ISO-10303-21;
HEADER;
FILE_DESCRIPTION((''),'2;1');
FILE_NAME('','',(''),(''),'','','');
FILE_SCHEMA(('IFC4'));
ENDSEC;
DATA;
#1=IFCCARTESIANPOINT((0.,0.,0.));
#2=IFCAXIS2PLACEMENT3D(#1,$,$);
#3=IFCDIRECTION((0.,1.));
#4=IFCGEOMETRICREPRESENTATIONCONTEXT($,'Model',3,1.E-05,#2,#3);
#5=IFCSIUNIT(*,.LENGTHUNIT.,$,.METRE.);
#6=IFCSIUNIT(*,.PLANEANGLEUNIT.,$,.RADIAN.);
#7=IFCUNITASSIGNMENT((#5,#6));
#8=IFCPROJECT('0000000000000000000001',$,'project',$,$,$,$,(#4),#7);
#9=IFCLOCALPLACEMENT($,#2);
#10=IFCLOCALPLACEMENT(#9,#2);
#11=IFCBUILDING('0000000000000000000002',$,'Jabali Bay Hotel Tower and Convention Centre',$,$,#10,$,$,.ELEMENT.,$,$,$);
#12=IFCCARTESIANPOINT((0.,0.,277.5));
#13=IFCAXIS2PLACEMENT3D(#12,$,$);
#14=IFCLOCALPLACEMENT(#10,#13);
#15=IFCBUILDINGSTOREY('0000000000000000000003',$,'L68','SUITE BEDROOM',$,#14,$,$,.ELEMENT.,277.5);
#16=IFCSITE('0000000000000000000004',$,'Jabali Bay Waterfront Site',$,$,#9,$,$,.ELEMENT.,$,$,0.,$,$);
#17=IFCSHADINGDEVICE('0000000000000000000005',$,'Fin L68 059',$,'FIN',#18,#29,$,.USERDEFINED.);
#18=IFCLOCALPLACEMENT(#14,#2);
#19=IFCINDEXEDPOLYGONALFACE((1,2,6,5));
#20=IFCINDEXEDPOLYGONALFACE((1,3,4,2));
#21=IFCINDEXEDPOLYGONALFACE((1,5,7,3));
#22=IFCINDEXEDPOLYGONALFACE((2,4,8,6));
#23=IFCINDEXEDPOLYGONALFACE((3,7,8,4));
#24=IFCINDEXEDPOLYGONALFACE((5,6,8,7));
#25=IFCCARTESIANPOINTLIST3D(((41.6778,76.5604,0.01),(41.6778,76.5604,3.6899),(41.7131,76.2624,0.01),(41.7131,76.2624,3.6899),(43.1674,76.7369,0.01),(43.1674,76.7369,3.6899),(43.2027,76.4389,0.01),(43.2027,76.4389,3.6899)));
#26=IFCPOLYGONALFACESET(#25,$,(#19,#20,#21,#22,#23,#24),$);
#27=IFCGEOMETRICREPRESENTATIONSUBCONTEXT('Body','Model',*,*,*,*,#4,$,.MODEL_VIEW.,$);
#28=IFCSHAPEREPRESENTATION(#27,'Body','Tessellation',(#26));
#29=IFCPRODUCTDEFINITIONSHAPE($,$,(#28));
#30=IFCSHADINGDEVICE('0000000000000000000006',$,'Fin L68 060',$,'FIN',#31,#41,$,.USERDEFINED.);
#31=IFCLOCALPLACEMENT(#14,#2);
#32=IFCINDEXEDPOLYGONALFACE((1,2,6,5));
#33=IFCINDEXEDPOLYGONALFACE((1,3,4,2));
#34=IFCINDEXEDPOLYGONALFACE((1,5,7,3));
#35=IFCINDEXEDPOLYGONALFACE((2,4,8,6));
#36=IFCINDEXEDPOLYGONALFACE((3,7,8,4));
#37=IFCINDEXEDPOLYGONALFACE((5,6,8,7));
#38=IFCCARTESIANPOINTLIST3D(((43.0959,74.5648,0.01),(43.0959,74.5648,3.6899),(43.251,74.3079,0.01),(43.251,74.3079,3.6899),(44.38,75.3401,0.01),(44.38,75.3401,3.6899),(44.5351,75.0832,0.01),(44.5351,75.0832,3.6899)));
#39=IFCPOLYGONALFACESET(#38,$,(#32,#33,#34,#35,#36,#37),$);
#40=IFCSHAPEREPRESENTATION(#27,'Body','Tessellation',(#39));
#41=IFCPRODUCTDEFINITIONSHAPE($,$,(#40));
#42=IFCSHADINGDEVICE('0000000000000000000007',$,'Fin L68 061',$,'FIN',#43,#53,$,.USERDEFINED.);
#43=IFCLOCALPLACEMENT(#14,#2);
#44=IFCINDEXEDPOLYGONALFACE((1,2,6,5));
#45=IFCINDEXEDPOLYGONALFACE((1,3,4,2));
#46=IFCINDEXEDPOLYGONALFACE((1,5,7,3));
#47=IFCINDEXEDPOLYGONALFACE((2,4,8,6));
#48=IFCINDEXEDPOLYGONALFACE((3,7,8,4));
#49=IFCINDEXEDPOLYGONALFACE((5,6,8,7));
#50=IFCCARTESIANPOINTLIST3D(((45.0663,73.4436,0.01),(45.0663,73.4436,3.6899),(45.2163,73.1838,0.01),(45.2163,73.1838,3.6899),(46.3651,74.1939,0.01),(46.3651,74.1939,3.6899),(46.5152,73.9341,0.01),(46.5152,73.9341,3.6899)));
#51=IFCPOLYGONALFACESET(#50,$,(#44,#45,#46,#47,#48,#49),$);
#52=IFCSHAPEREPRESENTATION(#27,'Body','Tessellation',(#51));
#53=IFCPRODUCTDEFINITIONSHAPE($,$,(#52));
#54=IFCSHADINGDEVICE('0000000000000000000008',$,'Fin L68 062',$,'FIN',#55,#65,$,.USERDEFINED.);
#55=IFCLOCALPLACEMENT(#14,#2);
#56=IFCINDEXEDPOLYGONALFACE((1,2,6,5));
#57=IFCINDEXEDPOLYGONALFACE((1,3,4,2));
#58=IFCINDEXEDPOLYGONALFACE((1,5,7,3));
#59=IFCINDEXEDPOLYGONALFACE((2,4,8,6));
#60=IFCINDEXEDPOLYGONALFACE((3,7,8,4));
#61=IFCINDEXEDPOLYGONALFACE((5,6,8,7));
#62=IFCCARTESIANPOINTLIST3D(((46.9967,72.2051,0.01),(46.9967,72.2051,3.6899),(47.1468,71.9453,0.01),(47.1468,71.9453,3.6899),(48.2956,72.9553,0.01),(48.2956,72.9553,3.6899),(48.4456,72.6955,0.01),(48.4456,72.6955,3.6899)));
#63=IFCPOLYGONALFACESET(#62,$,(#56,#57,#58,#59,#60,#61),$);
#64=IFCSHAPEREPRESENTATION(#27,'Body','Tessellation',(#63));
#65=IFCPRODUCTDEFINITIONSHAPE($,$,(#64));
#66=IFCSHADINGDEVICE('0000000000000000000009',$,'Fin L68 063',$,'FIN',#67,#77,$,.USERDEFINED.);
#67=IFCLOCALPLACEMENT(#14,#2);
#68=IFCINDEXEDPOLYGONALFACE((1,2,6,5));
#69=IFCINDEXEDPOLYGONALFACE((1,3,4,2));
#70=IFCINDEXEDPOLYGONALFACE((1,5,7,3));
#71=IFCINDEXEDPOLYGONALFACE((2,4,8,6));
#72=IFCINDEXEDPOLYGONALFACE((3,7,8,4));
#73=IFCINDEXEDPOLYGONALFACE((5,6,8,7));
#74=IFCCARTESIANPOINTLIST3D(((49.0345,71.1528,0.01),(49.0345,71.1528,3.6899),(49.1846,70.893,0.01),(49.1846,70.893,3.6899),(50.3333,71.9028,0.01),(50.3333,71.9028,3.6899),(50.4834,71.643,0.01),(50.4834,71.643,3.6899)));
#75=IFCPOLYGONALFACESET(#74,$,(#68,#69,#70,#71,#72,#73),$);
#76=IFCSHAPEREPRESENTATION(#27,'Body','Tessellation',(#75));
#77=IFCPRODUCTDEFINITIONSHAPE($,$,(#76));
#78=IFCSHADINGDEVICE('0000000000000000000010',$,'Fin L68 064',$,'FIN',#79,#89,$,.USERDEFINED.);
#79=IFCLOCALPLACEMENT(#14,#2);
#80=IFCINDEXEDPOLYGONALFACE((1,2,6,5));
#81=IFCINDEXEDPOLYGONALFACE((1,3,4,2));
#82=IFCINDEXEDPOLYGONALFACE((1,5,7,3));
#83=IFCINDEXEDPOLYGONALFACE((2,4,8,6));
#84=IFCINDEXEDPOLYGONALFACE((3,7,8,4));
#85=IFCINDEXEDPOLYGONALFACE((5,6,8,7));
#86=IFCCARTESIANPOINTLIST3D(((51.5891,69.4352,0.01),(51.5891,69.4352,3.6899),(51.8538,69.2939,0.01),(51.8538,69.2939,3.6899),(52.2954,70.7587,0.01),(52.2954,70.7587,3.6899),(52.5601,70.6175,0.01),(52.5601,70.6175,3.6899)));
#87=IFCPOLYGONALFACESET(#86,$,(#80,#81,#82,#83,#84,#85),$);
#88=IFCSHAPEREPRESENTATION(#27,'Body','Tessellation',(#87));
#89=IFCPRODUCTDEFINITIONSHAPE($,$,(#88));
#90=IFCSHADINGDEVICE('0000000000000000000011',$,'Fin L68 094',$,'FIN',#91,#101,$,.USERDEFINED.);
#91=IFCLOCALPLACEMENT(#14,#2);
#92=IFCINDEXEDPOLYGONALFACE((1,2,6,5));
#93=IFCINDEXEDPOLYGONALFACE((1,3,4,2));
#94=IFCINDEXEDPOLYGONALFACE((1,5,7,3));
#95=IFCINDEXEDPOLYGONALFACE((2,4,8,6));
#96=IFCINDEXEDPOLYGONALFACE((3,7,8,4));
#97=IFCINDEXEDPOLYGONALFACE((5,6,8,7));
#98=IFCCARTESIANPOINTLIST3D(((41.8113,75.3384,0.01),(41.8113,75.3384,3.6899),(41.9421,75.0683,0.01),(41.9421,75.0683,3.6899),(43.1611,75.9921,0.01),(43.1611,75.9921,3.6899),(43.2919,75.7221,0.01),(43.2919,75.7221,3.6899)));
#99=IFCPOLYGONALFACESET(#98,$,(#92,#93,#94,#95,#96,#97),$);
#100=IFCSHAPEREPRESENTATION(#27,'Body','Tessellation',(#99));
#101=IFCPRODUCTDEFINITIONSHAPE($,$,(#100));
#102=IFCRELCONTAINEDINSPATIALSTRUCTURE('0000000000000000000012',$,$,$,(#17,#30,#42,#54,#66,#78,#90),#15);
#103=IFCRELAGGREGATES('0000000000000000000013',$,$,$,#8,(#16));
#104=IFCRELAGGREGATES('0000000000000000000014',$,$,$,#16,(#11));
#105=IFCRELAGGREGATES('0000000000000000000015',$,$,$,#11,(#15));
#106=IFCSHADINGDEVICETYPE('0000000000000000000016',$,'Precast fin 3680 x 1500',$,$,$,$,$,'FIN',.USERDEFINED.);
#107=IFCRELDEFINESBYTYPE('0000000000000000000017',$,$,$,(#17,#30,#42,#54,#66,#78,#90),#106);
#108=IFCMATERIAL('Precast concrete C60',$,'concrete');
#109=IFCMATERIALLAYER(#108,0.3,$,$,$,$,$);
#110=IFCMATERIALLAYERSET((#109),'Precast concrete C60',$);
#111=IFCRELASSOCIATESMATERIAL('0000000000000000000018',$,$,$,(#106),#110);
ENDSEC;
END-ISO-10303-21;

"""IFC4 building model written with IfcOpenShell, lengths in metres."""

from ifc_helpers import new_model, si_unit, direction, frame, frame_2d, origin, place, context, subcontext, project, spatial, rectangle, extrude, material, layer, layer_set, type_object, element, save


model = new_model("IFC4")

# Units and contexts
model_context = context("Model", 3, precision=1e-05, world=origin(), true_north=direction((0.0, 1.0)))
body_context = subcontext(model_context, "Body", "Model", "MODEL_VIEW")
ifc_project = project(units=[si_unit("LENGTHUNIT", "METRE"), si_unit("PLANEANGLEUNIT", "RADIAN")], contexts=[model_context])

# Site, building, storey
site_placement = place(None, origin())
site = spatial("IfcSite", under=ifc_project, at=site_placement, Name="Jabali Bay Waterfront Site", CompositionType="ELEMENT", RefElevation=0.0)
building_placement = place(site_placement, origin())
building = spatial("IfcBuilding", under=site, at=building_placement, Name="Jabali Bay Hotel Tower and Convention Centre", CompositionType="ELEMENT")
storey_placement = place(building_placement, frame((0.0, 0.0, 277.5)))
storey = spatial("IfcBuildingStorey", under=building, at=storey_placement, Name="L68", Description="SUITE BEDROOM", CompositionType="ELEMENT", Elevation=277.5)

# Shading devices
ifc_material_1 = material(Name="Precast concrete C60", Category="concrete")
ifc_layer_1 = layer(ifc_material_1, 0.3)
ifc_layer_set_1 = layer_set([ifc_layer_1], Name="Precast concrete C60")
shading_device_type = type_object("IfcShadingDeviceType", Name="Precast fin 3680 x 1500", ElementType="FIN", PredefinedType="USERDEFINED", material=ifc_layer_set_1)
for number, where, z_axis, x_axis, name in (
    (1, (43.1851, 76.5879, 0.01), (0.0, 0.0, 1.0), (-0.993051, -0.117682, 0.0), "Fin L68 059"),
    (2, (44.4575, 75.2117, 0.01), (0.0, 0.0, 1.0), (-0.856054, -0.516887, 0.0), "Fin L68 060"),
    (3, (46.4402, 74.064, 0.01), (0.0, 0.0, 1.0), (-0.86592, -0.500183, 0.0), "Fin L68 061"),
    (4, (48.3706, 72.8254, 0.01), (0.0, 0.0, 1.0), (-0.86592, -0.500183, 0.0), "Fin L68 062"),
):
    element("IfcShadingDevice", number, at=place(storey_placement, frame(where, z_axis=z_axis, x_axis=x_axis)), inside=storey, type_object=shading_device_type, Name=name, ObjectType="FIN", PredefinedType="USERDEFINED", context=body_context, shape_type="SweptSolid", body=[
        extrude(rectangle(XDim=1.5, YDim=0.3, at=frame_2d((0.75, 0.0))), origin(), (0.0, 0.0, 1.0), 3.6799),
    ])
shading_device_1_placement = place(storey_placement, frame((50.4084, 71.7729, 0.01), z_axis=(0.0, 0.0, 1.0), x_axis=(-0.86599, -0.500061, 0.0)))
element("IfcShadingDevice", 5, at=shading_device_1_placement, inside=storey, type_object=shading_device_type, Name="Fin L68 063", ObjectType="FIN", PredefinedType="USERDEFINED", context=body_context, shape_type="SweptSolid", body=[
    extrude(rectangle(XDim=1.4998, YDim=0.3, at=frame_2d((0.75, 0.0))), origin(), (0.0, 0.0, 1.0), 3.6799),
])
shading_device_2_placement = place(storey_placement, frame((52.4277, 70.688, 0.01), z_axis=(0.0, 0.0, 1.0), x_axis=(-0.470816, -0.882231, 0.0)))
element("IfcShadingDevice", 6, at=shading_device_2_placement, inside=storey, type_object=shading_device_type, Name="Fin L68 064", ObjectType="FIN", PredefinedType="USERDEFINED", context=body_context, shape_type="SweptSolid", body=[
    extrude(rectangle(XDim=1.5002, YDim=0.3, at=frame_2d((0.75, 0.0))), origin(), (0.0, 0.0, 1.0), 3.6799),
])
shading_device_3_placement = place(storey_placement, frame((43.2266, 75.8572, 0.01), z_axis=(0.0, 0.0, 1.0), x_axis=(-0.899988, -0.435914, 0.0)))
element("IfcShadingDevice", 7, at=shading_device_3_placement, inside=storey, type_object=shading_device_type, Name="Fin L68 094", ObjectType="FIN", PredefinedType="USERDEFINED", context=body_context, shape_type="SweptSolid", body=[
    extrude(rectangle(XDim=1.4998, YDim=0.3, at=frame_2d((0.75, 0.0))), origin(), (0.0, 0.0, 1.0), 3.6799),
])

save(model, "model.ifc")
